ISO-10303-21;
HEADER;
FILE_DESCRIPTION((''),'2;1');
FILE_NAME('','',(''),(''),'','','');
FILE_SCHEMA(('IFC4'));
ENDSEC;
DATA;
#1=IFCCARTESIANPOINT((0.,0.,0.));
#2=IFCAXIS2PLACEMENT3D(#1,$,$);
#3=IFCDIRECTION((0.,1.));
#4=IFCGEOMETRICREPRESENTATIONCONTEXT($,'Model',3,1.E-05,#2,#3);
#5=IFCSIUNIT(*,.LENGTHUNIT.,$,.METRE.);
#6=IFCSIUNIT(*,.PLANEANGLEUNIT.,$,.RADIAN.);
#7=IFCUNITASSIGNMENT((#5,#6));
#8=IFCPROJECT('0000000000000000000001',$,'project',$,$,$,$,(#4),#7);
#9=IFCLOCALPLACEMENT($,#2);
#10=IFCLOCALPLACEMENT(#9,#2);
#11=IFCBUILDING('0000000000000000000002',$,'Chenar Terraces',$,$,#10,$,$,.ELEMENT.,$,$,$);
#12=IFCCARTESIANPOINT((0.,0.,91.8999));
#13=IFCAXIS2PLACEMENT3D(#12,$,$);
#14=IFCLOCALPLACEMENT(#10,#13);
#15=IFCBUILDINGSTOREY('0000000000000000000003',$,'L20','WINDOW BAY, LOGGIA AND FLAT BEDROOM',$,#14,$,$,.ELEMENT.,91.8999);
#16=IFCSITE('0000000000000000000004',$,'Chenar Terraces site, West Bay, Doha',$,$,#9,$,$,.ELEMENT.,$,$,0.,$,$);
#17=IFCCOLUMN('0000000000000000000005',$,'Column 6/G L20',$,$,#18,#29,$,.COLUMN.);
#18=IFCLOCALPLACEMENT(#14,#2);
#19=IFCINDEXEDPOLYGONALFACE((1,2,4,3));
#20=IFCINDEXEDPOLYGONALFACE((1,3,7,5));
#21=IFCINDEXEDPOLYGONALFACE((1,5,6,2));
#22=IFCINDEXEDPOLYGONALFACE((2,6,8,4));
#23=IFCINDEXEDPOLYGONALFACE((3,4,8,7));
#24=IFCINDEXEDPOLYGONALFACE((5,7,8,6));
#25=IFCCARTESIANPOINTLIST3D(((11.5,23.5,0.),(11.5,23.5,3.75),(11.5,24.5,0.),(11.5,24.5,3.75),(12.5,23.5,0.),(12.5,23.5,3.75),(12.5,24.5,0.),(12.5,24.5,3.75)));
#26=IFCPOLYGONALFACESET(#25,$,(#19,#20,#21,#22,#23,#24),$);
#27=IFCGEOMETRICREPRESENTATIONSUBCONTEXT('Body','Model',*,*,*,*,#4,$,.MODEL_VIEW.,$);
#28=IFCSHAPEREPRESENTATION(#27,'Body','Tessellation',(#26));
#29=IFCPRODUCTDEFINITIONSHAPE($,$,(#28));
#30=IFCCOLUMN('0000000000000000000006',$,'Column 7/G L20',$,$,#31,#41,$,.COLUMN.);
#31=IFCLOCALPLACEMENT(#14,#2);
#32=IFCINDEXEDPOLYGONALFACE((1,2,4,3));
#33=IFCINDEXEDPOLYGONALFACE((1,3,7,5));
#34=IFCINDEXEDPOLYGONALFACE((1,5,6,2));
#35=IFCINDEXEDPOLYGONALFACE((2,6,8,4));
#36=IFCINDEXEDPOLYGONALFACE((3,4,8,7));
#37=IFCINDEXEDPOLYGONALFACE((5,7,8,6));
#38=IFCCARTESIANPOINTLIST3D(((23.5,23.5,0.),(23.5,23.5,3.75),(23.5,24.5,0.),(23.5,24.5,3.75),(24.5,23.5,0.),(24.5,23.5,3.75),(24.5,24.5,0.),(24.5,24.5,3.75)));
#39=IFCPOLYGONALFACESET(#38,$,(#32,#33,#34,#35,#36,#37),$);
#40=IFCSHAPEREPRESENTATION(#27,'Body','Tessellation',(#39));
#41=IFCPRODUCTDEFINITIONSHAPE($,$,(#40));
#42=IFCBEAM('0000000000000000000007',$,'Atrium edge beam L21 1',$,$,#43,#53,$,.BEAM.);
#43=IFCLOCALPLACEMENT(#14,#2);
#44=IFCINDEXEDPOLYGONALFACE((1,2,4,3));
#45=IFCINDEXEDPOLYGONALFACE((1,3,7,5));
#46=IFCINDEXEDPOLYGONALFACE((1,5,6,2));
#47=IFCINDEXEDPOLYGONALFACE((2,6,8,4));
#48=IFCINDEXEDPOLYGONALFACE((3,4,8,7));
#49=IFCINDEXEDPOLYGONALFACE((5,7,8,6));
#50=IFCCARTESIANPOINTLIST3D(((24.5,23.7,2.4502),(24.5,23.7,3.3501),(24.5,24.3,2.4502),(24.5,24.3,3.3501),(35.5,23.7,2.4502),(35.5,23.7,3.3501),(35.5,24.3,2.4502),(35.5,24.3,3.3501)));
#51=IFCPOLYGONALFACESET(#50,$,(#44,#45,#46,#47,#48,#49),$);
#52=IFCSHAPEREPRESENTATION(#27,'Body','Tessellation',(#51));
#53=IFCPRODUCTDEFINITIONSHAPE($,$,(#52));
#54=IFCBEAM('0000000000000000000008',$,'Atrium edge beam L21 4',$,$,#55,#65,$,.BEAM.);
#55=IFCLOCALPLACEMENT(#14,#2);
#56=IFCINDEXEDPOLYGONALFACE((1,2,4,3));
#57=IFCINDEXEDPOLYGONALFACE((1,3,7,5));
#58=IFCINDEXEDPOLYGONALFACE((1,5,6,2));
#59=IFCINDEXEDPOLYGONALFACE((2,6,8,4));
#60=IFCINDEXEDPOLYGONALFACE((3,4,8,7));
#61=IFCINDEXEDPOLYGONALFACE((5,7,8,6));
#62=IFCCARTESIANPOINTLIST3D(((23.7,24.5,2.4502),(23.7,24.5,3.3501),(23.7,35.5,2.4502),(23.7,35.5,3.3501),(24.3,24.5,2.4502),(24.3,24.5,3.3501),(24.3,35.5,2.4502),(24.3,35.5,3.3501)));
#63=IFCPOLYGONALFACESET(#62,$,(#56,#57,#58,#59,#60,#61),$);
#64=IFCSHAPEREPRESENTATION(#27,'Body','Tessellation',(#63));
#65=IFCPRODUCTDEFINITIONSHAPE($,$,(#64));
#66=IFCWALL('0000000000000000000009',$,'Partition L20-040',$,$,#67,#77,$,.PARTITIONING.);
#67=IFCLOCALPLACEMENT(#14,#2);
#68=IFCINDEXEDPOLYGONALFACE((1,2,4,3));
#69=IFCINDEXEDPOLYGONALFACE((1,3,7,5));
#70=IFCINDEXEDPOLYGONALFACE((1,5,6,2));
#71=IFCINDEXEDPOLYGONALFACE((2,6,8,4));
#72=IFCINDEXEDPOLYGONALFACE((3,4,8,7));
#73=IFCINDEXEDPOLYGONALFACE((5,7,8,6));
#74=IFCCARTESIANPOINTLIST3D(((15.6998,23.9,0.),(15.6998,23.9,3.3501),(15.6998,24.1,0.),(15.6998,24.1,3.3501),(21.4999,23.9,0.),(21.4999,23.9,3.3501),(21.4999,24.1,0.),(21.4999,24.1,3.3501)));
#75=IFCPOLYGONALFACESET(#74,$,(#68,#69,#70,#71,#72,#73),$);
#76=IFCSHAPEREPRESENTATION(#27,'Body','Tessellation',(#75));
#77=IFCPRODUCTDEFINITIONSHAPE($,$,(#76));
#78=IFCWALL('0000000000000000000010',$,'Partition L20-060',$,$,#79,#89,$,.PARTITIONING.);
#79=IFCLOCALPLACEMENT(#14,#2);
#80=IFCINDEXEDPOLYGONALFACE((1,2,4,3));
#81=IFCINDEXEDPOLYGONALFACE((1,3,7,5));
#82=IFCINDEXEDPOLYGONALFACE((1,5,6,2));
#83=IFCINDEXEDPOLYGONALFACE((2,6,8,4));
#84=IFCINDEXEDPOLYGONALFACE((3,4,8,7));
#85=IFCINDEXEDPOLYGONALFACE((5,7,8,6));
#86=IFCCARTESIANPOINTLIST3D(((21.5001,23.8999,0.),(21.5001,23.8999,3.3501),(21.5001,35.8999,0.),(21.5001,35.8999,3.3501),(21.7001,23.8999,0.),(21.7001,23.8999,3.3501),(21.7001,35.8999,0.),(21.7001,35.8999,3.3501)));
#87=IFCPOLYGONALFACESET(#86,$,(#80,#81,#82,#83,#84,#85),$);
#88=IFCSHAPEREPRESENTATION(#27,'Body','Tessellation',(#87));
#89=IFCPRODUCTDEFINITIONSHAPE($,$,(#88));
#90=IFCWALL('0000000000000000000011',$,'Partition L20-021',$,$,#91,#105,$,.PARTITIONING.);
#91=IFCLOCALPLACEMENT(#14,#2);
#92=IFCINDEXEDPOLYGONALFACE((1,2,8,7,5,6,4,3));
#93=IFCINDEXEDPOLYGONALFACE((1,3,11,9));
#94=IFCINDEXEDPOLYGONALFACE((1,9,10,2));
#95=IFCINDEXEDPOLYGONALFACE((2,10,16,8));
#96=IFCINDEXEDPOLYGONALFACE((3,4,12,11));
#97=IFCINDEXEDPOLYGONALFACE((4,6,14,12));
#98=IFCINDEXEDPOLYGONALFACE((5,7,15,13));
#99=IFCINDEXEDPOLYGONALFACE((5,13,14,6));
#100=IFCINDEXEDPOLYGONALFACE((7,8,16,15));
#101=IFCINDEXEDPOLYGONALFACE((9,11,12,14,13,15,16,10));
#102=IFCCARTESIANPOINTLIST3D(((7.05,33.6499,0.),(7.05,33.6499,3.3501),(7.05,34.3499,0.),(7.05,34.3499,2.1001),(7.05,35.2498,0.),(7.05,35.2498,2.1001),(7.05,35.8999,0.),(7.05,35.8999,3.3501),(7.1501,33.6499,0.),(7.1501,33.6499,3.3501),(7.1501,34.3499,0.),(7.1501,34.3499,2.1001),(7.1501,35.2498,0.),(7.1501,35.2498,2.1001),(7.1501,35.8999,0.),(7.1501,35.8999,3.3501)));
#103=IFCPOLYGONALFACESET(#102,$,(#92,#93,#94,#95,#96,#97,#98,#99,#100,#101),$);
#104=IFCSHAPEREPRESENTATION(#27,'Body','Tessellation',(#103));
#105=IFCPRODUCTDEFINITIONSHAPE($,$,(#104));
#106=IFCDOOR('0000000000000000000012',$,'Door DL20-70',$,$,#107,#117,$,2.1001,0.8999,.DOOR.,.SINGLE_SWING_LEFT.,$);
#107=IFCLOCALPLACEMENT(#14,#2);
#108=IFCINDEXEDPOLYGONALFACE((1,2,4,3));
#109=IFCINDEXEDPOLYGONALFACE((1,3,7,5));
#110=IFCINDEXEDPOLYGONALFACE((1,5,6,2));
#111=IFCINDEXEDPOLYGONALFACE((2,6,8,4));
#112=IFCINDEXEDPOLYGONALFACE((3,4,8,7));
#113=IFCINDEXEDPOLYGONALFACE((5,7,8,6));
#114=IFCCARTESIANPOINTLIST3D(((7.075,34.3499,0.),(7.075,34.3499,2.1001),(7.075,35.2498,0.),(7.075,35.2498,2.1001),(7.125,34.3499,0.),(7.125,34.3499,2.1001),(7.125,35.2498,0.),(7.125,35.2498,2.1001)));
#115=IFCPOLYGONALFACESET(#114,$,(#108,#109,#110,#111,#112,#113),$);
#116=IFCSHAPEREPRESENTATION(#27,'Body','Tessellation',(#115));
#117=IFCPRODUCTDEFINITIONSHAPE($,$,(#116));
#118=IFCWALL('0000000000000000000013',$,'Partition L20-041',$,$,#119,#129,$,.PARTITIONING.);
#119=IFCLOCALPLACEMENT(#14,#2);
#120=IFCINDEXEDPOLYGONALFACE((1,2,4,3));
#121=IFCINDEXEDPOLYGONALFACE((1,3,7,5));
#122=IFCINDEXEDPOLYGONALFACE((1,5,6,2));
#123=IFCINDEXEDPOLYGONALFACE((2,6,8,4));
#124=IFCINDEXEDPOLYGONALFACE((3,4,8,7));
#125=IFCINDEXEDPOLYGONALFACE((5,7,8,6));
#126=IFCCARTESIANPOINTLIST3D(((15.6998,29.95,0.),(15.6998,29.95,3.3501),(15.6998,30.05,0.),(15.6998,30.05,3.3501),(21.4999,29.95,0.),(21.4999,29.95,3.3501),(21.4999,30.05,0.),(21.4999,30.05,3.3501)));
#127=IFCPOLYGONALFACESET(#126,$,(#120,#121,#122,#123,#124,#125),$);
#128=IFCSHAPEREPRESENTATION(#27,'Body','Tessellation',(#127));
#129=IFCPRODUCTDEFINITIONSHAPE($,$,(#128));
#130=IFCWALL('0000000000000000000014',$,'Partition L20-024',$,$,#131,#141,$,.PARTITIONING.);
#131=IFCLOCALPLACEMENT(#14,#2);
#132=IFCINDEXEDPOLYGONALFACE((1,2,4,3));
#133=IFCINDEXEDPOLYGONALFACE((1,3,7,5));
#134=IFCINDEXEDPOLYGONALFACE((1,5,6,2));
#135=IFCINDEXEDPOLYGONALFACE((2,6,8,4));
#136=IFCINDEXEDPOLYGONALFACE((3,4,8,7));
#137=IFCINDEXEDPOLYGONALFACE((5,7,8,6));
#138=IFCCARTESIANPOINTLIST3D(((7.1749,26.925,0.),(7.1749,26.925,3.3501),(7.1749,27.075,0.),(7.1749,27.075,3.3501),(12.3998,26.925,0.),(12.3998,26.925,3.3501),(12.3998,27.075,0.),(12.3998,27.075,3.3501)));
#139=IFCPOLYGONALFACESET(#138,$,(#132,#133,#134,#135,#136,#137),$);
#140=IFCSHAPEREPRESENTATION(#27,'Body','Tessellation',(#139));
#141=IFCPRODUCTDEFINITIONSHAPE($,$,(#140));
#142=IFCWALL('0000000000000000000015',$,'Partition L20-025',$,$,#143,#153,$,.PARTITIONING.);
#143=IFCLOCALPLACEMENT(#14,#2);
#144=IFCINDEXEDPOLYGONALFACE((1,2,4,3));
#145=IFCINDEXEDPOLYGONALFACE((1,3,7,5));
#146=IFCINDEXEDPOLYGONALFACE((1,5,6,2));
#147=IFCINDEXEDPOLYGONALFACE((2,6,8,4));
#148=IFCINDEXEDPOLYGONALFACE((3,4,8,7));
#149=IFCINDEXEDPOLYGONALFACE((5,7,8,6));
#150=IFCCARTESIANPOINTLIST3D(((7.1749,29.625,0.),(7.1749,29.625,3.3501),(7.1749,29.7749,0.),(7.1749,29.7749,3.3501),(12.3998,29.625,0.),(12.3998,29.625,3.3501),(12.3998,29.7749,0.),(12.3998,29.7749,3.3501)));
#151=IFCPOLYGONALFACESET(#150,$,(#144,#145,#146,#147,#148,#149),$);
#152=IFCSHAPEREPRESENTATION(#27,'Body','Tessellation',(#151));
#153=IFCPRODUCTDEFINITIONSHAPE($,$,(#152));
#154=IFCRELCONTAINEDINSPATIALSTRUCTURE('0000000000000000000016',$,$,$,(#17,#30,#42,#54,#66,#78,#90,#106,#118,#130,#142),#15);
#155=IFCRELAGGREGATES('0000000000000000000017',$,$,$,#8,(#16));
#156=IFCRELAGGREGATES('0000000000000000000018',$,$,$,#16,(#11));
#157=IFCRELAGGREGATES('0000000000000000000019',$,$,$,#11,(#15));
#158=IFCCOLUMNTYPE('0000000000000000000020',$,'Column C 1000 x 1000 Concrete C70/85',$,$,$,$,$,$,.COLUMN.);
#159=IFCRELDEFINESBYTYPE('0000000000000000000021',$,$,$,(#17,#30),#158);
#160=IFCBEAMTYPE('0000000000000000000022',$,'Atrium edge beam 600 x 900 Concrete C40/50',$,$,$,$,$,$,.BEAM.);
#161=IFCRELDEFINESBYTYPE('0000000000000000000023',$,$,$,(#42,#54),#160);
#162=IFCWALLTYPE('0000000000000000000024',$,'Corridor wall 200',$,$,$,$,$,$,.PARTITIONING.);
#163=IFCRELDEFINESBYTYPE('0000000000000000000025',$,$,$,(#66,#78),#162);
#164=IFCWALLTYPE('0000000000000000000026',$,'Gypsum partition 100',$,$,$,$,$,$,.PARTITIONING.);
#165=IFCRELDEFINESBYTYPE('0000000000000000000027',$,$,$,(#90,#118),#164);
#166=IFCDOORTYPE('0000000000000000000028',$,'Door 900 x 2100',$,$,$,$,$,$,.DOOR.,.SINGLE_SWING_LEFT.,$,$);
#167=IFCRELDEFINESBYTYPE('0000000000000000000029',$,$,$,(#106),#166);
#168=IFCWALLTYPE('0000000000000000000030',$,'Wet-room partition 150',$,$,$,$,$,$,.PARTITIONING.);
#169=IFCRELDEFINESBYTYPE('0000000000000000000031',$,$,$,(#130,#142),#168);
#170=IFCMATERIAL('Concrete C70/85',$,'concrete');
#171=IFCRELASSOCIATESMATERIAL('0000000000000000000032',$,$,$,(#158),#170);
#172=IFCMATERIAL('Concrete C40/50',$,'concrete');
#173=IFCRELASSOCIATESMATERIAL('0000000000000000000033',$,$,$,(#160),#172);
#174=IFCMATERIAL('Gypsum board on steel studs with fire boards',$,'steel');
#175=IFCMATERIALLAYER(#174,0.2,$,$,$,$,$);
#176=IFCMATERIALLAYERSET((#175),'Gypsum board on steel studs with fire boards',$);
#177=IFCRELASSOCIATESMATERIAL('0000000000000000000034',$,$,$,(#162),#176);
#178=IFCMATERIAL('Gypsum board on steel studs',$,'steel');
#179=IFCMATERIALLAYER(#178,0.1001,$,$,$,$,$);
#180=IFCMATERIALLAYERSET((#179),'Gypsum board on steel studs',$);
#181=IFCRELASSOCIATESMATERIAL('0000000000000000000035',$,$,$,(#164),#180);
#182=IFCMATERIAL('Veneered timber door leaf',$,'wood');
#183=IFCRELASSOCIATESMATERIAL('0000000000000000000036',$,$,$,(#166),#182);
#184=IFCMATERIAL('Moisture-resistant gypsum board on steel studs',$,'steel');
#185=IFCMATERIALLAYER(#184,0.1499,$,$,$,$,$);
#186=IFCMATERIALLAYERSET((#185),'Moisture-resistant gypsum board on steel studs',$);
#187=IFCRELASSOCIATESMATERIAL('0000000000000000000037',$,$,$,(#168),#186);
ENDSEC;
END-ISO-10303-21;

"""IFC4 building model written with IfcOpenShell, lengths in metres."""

from ifc_helpers import new_model, si_unit, direction, frame, frame_2d, origin, origin_2d, place, context, subcontext, project, spatial, rectangle, extrude, material, layer, layer_set, material_profile, profile_set, type_object, element, fill, save


model = new_model("IFC4")

# Units and contexts
model_context = context("Model", 3, precision=1e-05, world=origin(), true_north=direction((0.0, 1.0)))
body_context = subcontext(model_context, "Body", "Model", "MODEL_VIEW")
ifc_project = project(units=[si_unit("LENGTHUNIT", "METRE"), si_unit("PLANEANGLEUNIT", "RADIAN")], contexts=[model_context])

# Site, building, storey
site_placement = place(None, origin())
site = spatial("IfcSite", under=ifc_project, at=site_placement, Name="Chenar Terraces site, West Bay, Doha", CompositionType="ELEMENT", RefElevation=0.0)
building_placement = place(site_placement, origin())
building = spatial("IfcBuilding", under=site, at=building_placement, Name="Chenar Terraces", CompositionType="ELEMENT")
storey_placement = place(building_placement, frame((0.0, 0.0, 91.8999)))
storey = spatial("IfcBuildingStorey", under=building, at=storey_placement, Name="L20", Description="WINDOW BAY, LOGGIA AND FLAT BEDROOM", CompositionType="ELEMENT", Elevation=91.8999)

# Columns
ifc_material_1 = material(Name="Concrete C70/85", Category="concrete")
ifc_material_profile_1 = material_profile(ifc_material_1, rectangle(XDim=1.0, YDim=1.0, at=origin_2d()), Name="C 1000 x 1000")
ifc_profile_set_1 = profile_set([ifc_material_profile_1], Name="Concrete C70/85")
column_type = type_object("IfcColumnType", Name="Column C 1000 x 1000 Concrete C70/85", PredefinedType="COLUMN", material=ifc_profile_set_1)
for number, where, z_axis, x_axis, name in (
    (1, (12.0, 24.0, 0.0), (0.0, 0.0, 1.0), (1.0, 0.0, 0.0), "Column 6/G L20"),
    (2, (24.0, 24.0, 0.0), (0.0, 0.0, 1.0), (1.0, 0.0, 0.0), "Column 7/G L20"),
):
    element("IfcColumn", number, at=place(storey_placement, frame(where, z_axis=z_axis, x_axis=x_axis)), inside=storey, type_object=column_type, Name=name, PredefinedType="COLUMN", context=body_context, shape_type="SweptSolid", body=[
        extrude(rectangle(XDim=1.0, YDim=1.0, at=origin_2d()), origin(), (0.0, 0.0, 1.0), 3.75),
    ])

# Beams
ifc_material_2 = material(Name="Concrete C40/50", Category="concrete")
ifc_material_profile_2 = material_profile(ifc_material_2, rectangle(XDim=0.6001, YDim=0.8999, at=origin_2d()), Name="RC 600 x 900")
ifc_profile_set_2 = profile_set([ifc_material_profile_2], Name="Concrete C40/50")
beam_type = type_object("IfcBeamType", Name="Atrium edge beam 600 x 900 Concrete C40/50", PredefinedType="BEAM", material=ifc_profile_set_2)
for number, where, z_axis, x_axis, name in (
    (3, (24.5, 24.0, 2.9001), (1.0, 0.0, 0.0), (0.0, 1.0, 0.0), "Atrium edge beam L21 1"),
    (4, (24.0, 35.5, 2.9001), (0.0, -1.0, 0.0), (1.0, 0.0, 0.0), "Atrium edge beam L21 4"),
):
    element("IfcBeam", number, at=place(storey_placement, frame(where, z_axis=z_axis, x_axis=x_axis)), inside=storey, type_object=beam_type, Name=name, PredefinedType="BEAM", context=body_context, shape_type="SweptSolid", body=[
        extrude(rectangle(XDim=0.6001, YDim=0.8999, at=origin_2d()), origin(), (0.0, 0.0, 1.0), 11.0),
    ])

# Walls
ifc_material_3 = material(Name="Gypsum board on steel studs with fire boards", Category="steel")
ifc_layer_1 = layer(ifc_material_3, 0.2)
ifc_layer_set_1 = layer_set([ifc_layer_1], Name="Gypsum board on steel studs with fire boards")
wall_type_1 = type_object("IfcWallType", Name="Corridor wall 200", PredefinedType="PARTITIONING", material=ifc_layer_set_1)
wall_1_placement = place(storey_placement, frame((15.7, 24.0, 0.0), z_axis=(0.0, 0.0, 1.0), x_axis=(1.0, 0.0, 0.0)))
element("IfcWall", 5, at=wall_1_placement, inside=storey, type_object=wall_type_1, Name="Partition L20-040", PredefinedType="PARTITIONING", context=body_context, shape_type="SweptSolid", body=[
    extrude(rectangle(XDim=5.8, YDim=0.2, at=frame_2d((2.8999, 0.0))), origin(), (0.0, 0.0, 1.0), 3.3501),
])
wall_2_placement = place(storey_placement, frame((21.6001, 23.8999, 0.0), z_axis=(0.0, 0.0, 1.0), x_axis=(0.0, 1.0, 0.0)))
element("IfcWall", 6, at=wall_2_placement, inside=storey, type_object=wall_type_1, Name="Partition L20-060", PredefinedType="PARTITIONING", context=body_context, shape_type="SweptSolid", body=[
    extrude(rectangle(XDim=12.0, YDim=0.2, at=frame_2d((6.0, 0.0))), origin(), (0.0, 0.0, 1.0), 3.3501),
])

# Wall, opening, door
ifc_material_4 = material(Name="Gypsum board on steel studs", Category="steel")
ifc_layer_2 = layer(ifc_material_4, 0.1001)
ifc_layer_set_2 = layer_set([ifc_layer_2], Name="Gypsum board on steel studs")
wall_type_2 = type_object("IfcWallType", Name="Gypsum partition 100", PredefinedType="PARTITIONING", material=ifc_layer_set_2)
wall_3_placement = place(storey_placement, frame((7.1001, 33.6499, 0.0), z_axis=(0.0, 0.0, 1.0), x_axis=(0.0, 1.0, 0.0)))
wall_3 = element("IfcWall", 7, at=wall_3_placement, inside=storey, type_object=wall_type_2, Name="Partition L20-021", PredefinedType="PARTITIONING", context=body_context, shape_type="SweptSolid", body=[
    extrude(rectangle(XDim=2.25, YDim=0.1001, at=frame_2d((1.125, 0.0))), origin(), (0.0, 0.0, 1.0), 3.3501),
])
opening_placement = place(wall_3_placement, frame((0.7, 0.0, 0.0)))
opening = element("IfcOpeningElement", 8, at=opening_placement, cuts=wall_3, PredefinedType="OPENING", context=body_context, shape_type="SweptSolid", body=[
    extrude(rectangle(XDim=0.8999, YDim=2.1001, at=frame_2d((0.45, 1.05))), frame((0.0, 0.0601, 0.0), z_axis=(0.0, -1.0, 0.0), x_axis=(1.0, 0.0, 0.0)), (0.0, 0.0, 1.0), 0.1201),
])
ifc_material_5 = material(Name="Veneered timber door leaf", Category="wood")
door_type = type_object("IfcDoorType", Name="Door 900 x 2100", OperationType="SINGLE_SWING_LEFT", PredefinedType="DOOR", material=ifc_material_5)
door_placement = place(opening_placement, frame((0.8999, 0.0, 0.0), z_axis=(0.0, 0.0, 1.0), x_axis=(-1.0, 0.0, 0.0)))
door = element("IfcDoor", 9, at=door_placement, inside=storey, type_object=door_type, Name="Door DL20-70", OperationType="SINGLE_SWING_LEFT", OverallHeight=2.1001, OverallWidth=0.8999, PredefinedType="DOOR", context=body_context, shape_type="SweptSolid", body=[
    extrude(rectangle(XDim=0.8999, YDim=2.1001, at=frame_2d((0.45, 1.05))), frame((0.0, 0.0249, 0.0), z_axis=(0.0, -1.0, 0.0), x_axis=(1.0, 0.0, 0.0)), (0.0, 0.0, 1.0), 0.05),
])
fill(opening, door)

# Walls
wall_4_placement = place(storey_placement, frame((15.7, 30.0, 0.0), z_axis=(0.0, 0.0, 1.0), x_axis=(1.0, 0.0, 0.0)))
element("IfcWall", 10, at=wall_4_placement, inside=storey, type_object=wall_type_2, Name="Partition L20-041", PredefinedType="PARTITIONING", context=body_context, shape_type="SweptSolid", body=[
    extrude(rectangle(XDim=5.8, YDim=0.1001, at=frame_2d((2.8999, 0.0))), origin(), (0.0, 0.0, 1.0), 3.3501),
])
ifc_material_6 = material(Name="Moisture-resistant gypsum board on steel studs", Category="steel")
ifc_layer_3 = layer(ifc_material_6, 0.1499)
ifc_layer_set_3 = layer_set([ifc_layer_3], Name="Moisture-resistant gypsum board on steel studs")
wall_type_3 = type_object("IfcWallType", Name="Wet-room partition 150", PredefinedType="PARTITIONING", material=ifc_layer_set_3)
for number, where, z_axis, x_axis, name in (
    (11, (7.175, 27.0, 0.0), (0.0, 0.0, 1.0), (1.0, 0.0, 0.0), "Partition L20-024"),
    (12, (7.175, 29.7, 0.0), (0.0, 0.0, 1.0), (1.0, 0.0, 0.0), "Partition L20-025"),
):
    element("IfcWall", number, at=place(storey_placement, frame(where, z_axis=z_axis, x_axis=x_axis)), inside=storey, type_object=wall_type_3, Name=name, PredefinedType="PARTITIONING", context=body_context, shape_type="SweptSolid", body=[
        extrude(rectangle(XDim=5.2249, YDim=0.1499, at=frame_2d((2.6123, 0.0))), origin(), (0.0, 0.0, 1.0), 3.3501),
    ])

save(model, "model.ifc")
